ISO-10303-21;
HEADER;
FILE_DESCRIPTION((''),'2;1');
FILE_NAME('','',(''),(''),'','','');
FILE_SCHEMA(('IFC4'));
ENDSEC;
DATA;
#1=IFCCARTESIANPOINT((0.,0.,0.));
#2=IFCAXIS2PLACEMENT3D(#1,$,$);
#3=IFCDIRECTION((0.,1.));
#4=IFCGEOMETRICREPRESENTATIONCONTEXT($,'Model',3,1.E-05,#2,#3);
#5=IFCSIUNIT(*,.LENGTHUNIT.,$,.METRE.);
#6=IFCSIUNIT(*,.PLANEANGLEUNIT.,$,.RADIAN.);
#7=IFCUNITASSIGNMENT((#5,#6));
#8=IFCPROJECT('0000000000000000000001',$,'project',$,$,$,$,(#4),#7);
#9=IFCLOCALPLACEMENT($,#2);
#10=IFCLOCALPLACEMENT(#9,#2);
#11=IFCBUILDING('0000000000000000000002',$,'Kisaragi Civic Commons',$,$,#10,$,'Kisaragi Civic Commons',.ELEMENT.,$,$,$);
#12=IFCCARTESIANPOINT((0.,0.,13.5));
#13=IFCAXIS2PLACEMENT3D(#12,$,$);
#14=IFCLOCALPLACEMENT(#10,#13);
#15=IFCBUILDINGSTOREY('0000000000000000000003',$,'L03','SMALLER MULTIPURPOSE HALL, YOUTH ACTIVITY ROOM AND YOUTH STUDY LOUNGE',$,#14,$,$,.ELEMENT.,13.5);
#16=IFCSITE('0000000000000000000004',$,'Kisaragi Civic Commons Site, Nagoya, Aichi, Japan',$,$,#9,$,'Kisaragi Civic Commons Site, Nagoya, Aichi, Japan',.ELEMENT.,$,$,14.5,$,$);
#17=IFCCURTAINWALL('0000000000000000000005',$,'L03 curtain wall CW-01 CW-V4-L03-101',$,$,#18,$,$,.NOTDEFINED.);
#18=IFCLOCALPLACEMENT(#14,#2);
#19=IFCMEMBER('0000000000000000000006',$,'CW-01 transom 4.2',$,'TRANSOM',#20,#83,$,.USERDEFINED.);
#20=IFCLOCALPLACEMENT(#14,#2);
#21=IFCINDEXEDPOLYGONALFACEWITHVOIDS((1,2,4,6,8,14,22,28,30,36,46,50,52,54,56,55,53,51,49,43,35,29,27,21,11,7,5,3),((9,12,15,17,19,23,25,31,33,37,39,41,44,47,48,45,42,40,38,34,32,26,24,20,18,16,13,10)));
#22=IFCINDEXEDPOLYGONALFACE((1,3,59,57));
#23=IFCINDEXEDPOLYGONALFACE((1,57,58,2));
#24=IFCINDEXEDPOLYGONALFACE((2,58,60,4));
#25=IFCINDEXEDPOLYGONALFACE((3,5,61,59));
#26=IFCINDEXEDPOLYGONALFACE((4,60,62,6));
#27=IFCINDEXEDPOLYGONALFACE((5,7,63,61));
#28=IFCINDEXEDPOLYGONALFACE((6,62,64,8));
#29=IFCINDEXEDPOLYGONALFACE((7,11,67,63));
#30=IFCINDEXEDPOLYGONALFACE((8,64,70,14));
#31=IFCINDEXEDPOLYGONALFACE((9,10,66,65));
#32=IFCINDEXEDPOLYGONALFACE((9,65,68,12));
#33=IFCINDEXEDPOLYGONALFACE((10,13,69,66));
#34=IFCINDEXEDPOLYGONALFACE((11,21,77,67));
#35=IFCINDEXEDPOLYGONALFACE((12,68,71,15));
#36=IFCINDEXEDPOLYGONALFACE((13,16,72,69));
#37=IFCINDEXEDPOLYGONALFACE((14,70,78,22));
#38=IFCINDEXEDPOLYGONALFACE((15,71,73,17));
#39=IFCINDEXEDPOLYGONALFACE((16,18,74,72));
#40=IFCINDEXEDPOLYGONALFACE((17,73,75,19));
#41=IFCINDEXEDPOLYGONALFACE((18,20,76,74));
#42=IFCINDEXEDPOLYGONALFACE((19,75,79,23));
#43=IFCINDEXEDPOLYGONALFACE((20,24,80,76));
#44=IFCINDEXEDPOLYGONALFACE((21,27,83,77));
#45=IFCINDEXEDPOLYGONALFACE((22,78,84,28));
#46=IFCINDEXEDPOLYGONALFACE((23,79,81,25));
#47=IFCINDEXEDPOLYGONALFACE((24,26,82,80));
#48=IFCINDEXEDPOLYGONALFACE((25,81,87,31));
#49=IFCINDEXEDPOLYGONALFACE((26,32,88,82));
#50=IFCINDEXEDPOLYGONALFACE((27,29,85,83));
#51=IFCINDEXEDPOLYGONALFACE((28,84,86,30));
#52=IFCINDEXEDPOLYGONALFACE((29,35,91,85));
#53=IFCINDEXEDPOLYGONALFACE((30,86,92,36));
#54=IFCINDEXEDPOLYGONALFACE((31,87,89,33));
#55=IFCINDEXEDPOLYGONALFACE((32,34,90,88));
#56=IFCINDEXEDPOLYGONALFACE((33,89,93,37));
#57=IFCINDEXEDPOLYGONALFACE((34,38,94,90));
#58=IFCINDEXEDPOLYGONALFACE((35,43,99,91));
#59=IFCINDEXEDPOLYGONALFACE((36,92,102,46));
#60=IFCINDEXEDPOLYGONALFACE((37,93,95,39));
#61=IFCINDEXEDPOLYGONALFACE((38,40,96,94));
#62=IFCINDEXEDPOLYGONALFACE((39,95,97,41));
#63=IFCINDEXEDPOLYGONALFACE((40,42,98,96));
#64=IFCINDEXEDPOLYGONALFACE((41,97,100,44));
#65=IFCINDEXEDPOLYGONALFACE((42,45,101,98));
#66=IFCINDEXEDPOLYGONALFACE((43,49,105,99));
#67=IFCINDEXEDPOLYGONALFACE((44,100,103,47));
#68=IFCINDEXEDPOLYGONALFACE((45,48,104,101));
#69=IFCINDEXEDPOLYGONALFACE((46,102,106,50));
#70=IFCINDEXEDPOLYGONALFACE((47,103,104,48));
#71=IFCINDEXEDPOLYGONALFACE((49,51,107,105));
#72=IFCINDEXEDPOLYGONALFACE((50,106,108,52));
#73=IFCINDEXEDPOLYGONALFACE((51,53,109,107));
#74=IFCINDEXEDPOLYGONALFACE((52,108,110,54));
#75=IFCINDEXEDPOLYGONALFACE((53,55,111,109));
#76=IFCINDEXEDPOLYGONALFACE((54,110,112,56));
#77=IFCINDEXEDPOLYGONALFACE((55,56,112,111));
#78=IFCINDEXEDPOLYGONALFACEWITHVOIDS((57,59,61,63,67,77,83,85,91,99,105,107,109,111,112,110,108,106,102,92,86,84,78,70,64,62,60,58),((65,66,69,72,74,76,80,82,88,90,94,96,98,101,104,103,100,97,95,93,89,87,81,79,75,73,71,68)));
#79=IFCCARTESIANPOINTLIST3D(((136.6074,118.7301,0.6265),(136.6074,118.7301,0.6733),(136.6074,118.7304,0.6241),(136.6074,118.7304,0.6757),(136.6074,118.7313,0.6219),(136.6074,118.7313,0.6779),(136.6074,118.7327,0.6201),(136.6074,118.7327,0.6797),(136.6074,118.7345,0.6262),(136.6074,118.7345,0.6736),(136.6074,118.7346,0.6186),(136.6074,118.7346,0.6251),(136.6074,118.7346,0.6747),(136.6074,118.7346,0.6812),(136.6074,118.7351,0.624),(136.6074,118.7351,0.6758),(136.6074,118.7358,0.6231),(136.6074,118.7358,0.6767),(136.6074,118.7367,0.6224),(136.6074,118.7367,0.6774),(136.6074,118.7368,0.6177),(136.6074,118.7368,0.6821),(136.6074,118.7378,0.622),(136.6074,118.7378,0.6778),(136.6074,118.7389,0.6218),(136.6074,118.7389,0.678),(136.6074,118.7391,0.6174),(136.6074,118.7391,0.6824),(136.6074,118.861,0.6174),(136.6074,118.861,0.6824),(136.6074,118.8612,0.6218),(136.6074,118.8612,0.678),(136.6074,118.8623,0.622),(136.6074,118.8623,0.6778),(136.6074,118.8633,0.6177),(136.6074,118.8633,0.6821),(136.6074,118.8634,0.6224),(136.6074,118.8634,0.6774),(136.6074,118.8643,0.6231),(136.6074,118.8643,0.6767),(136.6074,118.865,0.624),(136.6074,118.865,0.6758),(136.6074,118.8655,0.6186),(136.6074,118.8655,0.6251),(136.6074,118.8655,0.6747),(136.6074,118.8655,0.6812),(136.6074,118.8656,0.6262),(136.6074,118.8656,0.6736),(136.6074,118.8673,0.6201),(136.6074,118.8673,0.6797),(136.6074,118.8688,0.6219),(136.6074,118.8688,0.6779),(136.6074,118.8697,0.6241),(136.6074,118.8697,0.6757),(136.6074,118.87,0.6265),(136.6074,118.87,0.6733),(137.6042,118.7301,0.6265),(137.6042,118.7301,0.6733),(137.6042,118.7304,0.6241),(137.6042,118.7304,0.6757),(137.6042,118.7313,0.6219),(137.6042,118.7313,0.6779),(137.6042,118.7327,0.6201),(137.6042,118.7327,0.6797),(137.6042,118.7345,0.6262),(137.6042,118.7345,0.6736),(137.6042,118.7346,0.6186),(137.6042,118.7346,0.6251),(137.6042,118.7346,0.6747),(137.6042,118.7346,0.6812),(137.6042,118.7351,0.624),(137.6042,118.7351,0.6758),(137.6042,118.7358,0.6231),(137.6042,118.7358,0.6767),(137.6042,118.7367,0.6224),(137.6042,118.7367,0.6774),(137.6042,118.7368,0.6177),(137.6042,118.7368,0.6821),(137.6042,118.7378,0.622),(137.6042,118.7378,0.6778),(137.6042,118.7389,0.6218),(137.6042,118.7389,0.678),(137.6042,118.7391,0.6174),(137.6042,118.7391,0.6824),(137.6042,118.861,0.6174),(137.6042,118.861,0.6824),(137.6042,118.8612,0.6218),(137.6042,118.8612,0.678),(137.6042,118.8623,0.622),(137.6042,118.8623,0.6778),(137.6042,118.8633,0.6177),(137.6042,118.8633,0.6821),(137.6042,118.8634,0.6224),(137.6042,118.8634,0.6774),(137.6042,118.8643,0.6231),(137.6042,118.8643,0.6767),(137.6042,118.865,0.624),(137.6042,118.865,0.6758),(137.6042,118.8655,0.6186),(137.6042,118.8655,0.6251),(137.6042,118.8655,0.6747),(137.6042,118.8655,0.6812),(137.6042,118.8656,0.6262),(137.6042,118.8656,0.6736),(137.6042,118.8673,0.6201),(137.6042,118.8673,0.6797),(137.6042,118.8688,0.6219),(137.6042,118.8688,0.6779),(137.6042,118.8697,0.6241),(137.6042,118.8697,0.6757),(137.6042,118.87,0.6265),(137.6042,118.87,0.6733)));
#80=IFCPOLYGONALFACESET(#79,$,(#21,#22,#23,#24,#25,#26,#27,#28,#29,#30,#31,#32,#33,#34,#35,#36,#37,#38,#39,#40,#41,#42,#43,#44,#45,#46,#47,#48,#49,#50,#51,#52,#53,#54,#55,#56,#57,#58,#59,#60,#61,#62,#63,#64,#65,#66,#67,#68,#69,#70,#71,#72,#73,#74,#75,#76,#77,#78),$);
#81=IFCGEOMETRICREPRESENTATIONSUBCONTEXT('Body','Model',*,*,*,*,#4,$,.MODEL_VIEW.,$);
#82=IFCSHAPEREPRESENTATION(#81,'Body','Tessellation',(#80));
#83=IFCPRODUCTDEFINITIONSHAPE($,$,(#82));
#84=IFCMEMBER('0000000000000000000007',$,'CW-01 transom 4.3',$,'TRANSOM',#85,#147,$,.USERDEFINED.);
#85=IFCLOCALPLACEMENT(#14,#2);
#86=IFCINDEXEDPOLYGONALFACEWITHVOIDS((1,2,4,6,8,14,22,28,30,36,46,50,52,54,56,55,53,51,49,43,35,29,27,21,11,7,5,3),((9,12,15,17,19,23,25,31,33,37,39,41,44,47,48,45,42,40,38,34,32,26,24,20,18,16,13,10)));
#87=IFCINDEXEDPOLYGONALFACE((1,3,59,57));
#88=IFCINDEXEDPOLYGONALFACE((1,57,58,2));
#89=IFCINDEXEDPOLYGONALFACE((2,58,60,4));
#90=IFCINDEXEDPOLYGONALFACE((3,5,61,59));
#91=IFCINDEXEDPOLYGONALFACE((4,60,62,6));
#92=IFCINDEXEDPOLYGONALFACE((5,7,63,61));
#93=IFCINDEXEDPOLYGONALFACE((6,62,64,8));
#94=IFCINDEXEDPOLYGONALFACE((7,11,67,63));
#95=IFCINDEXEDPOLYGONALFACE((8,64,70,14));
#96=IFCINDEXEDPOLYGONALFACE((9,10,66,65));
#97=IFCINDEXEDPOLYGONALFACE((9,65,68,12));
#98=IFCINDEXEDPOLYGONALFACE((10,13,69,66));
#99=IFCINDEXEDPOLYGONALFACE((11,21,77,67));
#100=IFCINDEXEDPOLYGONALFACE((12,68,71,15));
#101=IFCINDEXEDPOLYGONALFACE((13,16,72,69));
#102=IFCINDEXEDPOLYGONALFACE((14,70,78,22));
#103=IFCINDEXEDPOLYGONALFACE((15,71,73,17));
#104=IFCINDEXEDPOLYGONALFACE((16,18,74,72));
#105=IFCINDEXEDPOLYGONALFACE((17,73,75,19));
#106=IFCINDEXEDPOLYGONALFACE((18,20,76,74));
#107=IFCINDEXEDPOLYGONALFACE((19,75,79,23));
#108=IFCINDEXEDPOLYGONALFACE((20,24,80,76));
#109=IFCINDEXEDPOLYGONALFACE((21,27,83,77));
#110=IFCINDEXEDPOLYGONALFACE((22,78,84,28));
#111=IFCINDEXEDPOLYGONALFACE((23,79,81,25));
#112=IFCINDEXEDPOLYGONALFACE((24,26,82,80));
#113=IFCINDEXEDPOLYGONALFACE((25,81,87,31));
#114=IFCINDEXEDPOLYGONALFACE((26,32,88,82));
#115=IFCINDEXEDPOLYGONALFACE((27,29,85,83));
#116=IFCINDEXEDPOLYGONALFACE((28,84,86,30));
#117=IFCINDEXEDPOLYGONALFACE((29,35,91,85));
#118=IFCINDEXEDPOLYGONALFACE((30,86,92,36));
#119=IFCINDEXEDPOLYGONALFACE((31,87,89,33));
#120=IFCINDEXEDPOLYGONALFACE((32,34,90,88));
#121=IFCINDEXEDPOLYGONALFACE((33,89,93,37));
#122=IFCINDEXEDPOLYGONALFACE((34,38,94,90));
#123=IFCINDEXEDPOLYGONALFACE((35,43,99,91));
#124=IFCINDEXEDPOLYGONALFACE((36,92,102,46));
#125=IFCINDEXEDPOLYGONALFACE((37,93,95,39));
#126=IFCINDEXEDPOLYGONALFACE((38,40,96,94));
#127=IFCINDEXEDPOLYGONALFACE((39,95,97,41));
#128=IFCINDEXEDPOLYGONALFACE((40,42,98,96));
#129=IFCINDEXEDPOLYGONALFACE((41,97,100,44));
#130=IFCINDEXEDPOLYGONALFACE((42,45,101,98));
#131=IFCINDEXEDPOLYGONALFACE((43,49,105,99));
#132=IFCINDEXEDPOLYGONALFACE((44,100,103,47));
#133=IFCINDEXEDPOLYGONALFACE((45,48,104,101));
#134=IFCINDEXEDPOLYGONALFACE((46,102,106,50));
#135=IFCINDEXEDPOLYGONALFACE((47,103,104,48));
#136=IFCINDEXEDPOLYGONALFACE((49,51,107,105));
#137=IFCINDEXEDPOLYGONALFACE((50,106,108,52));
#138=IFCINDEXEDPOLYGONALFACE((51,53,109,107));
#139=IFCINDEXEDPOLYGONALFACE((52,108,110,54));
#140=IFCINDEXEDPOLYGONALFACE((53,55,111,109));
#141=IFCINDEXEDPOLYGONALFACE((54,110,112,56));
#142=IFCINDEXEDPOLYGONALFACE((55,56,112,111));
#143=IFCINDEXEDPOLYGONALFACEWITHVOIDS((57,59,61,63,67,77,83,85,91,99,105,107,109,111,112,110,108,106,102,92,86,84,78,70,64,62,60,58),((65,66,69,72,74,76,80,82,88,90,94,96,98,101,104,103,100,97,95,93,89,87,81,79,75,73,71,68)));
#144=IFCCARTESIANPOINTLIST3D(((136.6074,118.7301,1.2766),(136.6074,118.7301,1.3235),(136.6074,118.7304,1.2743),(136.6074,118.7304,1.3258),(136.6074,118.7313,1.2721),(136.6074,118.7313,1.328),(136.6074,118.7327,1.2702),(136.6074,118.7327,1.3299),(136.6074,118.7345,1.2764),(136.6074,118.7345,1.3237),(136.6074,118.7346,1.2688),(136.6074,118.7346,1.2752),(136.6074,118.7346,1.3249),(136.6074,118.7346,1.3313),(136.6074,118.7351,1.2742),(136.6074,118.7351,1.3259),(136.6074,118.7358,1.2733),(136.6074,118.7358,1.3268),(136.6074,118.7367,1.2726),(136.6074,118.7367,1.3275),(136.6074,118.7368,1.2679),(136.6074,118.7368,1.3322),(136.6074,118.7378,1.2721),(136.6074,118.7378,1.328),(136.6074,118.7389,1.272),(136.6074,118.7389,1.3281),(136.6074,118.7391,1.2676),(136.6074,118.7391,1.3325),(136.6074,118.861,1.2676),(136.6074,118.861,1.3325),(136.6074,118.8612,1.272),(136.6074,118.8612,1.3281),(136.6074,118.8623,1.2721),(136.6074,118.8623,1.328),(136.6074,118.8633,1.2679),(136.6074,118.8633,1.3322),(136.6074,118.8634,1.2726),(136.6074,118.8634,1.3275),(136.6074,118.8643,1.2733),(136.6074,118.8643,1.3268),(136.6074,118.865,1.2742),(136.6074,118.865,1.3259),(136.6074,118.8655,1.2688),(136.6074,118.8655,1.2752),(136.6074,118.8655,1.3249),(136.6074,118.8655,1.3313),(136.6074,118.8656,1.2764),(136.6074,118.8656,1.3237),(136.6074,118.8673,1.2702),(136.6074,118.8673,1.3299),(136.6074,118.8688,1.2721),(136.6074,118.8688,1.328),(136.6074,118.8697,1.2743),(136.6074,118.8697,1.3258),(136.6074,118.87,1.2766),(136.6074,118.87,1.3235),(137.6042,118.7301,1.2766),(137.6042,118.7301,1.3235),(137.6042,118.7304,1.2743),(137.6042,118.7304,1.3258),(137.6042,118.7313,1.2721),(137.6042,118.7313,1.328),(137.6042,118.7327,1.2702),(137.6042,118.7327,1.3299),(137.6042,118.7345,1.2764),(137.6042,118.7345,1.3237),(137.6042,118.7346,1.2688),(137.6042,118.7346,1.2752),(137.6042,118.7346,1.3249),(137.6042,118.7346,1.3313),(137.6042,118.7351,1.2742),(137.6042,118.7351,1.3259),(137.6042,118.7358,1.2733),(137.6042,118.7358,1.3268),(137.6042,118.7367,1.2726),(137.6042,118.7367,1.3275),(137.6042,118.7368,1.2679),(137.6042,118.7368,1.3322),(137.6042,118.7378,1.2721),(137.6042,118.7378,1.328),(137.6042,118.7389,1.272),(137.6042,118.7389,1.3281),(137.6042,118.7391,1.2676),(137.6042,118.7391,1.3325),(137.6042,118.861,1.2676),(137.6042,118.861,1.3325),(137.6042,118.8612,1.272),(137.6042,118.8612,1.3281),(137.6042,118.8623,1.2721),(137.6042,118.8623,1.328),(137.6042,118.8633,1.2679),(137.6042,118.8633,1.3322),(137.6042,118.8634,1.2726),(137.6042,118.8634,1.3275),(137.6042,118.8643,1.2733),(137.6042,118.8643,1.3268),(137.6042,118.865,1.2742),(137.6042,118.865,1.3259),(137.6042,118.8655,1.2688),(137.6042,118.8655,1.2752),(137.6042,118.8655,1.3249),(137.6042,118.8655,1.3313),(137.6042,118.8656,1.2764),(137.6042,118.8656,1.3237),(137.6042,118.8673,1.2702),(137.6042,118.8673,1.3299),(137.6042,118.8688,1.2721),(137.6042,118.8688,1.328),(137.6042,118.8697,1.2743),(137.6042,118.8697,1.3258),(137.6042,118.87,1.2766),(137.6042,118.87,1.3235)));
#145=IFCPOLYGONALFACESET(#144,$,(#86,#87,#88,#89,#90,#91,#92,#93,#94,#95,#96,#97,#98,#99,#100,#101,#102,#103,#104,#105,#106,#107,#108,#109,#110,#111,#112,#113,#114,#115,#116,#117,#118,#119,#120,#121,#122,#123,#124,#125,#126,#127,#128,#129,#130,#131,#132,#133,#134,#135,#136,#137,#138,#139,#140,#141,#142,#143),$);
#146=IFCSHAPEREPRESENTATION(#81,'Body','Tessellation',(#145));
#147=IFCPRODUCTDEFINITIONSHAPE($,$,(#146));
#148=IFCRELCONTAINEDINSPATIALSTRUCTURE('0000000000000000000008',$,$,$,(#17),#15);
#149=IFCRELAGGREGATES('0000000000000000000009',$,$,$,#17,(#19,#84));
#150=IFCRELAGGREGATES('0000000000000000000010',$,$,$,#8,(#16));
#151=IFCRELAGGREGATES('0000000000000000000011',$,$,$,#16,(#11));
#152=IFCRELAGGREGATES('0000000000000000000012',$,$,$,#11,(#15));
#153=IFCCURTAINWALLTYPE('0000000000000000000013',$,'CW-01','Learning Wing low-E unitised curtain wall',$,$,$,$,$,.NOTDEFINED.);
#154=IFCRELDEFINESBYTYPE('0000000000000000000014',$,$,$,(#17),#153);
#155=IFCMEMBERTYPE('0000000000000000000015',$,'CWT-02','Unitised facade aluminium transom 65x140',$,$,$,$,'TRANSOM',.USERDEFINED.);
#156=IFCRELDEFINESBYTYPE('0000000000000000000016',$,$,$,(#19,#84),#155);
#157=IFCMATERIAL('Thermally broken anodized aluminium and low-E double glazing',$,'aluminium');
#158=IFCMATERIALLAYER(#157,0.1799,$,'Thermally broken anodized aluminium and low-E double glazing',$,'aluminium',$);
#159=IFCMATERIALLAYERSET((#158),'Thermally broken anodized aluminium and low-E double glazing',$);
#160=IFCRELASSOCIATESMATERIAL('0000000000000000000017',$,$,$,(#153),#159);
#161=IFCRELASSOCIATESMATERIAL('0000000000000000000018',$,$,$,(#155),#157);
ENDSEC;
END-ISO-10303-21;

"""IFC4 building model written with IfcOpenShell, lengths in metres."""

from ifc_helpers import new_model, si_unit, direction, frame, origin, origin_2d, place, context, subcontext, project, spatial, hollow_rectangle, extrude, material, layer, layer_set, material_profile, profile_set, type_object, element, aggregate, save


model = new_model("IFC4")

# Units and contexts
model_context = context("Model", 3, precision=1e-05, world=origin(), true_north=direction((0.0, 1.0)))
body_context = subcontext(model_context, "Body", "Model", "MODEL_VIEW")
ifc_project = project(units=[si_unit("LENGTHUNIT", "METRE"), si_unit("PLANEANGLEUNIT", "RADIAN")], contexts=[model_context])

# Site, building, storey
site_placement = place(None, origin())
site = spatial("IfcSite", under=ifc_project, at=site_placement, Name="Kisaragi Civic Commons Site, Nagoya, Aichi, Japan", LongName="Kisaragi Civic Commons Site, Nagoya, Aichi, Japan", CompositionType="ELEMENT", RefElevation=14.5)
building_placement = place(site_placement, origin())
building = spatial("IfcBuilding", under=site, at=building_placement, Name="Kisaragi Civic Commons", LongName="Kisaragi Civic Commons", CompositionType="ELEMENT")
storey_placement = place(building_placement, frame((0.0, 0.0, 13.5)))
storey = spatial("IfcBuildingStorey", under=building, at=storey_placement, Name="L03", Description="SMALLER MULTIPURPOSE HALL, YOUTH ACTIVITY ROOM AND YOUTH STUDY LOUNGE", CompositionType="ELEMENT", Elevation=13.5)

# Curtain wall, members
ifc_material_1 = material(Name="Thermally broken anodized aluminium and low-E double glazing", Category="aluminium")
ifc_layer_1 = layer(ifc_material_1, 0.1799, Name="Thermally broken anodized aluminium and low-E double glazing", Category="aluminium")
ifc_layer_set_1 = layer_set([ifc_layer_1], Name="Thermally broken anodized aluminium and low-E double glazing")
curtain_wall_type = type_object("IfcCurtainWallType", Name="CW-01", Description="Learning Wing low-E unitised curtain wall", PredefinedType="NOTDEFINED", material=ifc_layer_set_1)
curtain_wall_placement = place(storey_placement, origin())
curtain_wall = element("IfcCurtainWall", 1, at=curtain_wall_placement, inside=storey, type_object=curtain_wall_type, Name="L03 curtain wall CW-01 CW-V4-L03-101", PredefinedType="NOTDEFINED")
ifc_material_profile_1 = material_profile(ifc_material_1, hollow_rectangle(XDim=0.1399, YDim=0.0649, WallThickness=0.0044, InnerFilletRadius=0.0044, OuterFilletRadius=0.009, at=origin_2d()), Name="CWT-65x140x4.5", Category="aluminium")
ifc_profile_set_1 = profile_set([ifc_material_profile_1], Name="Thermally broken anodized aluminium and low-E double glazing")
member_type_1 = type_object("IfcMemberType", Name="CWT-02", Description="Unitised facade aluminium transom 65x140", ElementType="TRANSOM", PredefinedType="USERDEFINED", material=ifc_profile_set_1)
member_1_placement = place(storey_placement, frame((136.6074, 118.8, 0.6499), z_axis=(1.0, 0.0, 0.0), x_axis=(0.0, 1.0, 0.0)))
member_1 = element("IfcMember", 2, at=member_1_placement, type_object=member_type_1, Name="CW-01 transom 4.2", ObjectType="TRANSOM", PredefinedType="USERDEFINED", context=body_context, shape_type="SweptSolid", body=[
    extrude(hollow_rectangle(XDim=0.1399, YDim=0.0649, WallThickness=0.0044, InnerFilletRadius=0.0044, OuterFilletRadius=0.009, at=origin_2d()), origin(), (0.0, 0.0, 1.0), 0.9968),
])
member_2_placement = place(storey_placement, frame((136.6074, 118.8, 1.3), z_axis=(1.0, 0.0, 0.0), x_axis=(0.0, 1.0, 0.0)))
member_2 = element("IfcMember", 3, at=member_2_placement, type_object=member_type_1, Name="CW-01 transom 4.3", ObjectType="TRANSOM", PredefinedType="USERDEFINED", context=body_context, shape_type="SweptSolid", body=[
    extrude(hollow_rectangle(XDim=0.1399, YDim=0.0649, WallThickness=0.0044, InnerFilletRadius=0.0044, OuterFilletRadius=0.009, at=origin_2d()), origin(), (0.0, 0.0, 1.0), 0.9968),
])

aggregate(curtain_wall, [member_1, member_2])

save(model, "model.ifc")
